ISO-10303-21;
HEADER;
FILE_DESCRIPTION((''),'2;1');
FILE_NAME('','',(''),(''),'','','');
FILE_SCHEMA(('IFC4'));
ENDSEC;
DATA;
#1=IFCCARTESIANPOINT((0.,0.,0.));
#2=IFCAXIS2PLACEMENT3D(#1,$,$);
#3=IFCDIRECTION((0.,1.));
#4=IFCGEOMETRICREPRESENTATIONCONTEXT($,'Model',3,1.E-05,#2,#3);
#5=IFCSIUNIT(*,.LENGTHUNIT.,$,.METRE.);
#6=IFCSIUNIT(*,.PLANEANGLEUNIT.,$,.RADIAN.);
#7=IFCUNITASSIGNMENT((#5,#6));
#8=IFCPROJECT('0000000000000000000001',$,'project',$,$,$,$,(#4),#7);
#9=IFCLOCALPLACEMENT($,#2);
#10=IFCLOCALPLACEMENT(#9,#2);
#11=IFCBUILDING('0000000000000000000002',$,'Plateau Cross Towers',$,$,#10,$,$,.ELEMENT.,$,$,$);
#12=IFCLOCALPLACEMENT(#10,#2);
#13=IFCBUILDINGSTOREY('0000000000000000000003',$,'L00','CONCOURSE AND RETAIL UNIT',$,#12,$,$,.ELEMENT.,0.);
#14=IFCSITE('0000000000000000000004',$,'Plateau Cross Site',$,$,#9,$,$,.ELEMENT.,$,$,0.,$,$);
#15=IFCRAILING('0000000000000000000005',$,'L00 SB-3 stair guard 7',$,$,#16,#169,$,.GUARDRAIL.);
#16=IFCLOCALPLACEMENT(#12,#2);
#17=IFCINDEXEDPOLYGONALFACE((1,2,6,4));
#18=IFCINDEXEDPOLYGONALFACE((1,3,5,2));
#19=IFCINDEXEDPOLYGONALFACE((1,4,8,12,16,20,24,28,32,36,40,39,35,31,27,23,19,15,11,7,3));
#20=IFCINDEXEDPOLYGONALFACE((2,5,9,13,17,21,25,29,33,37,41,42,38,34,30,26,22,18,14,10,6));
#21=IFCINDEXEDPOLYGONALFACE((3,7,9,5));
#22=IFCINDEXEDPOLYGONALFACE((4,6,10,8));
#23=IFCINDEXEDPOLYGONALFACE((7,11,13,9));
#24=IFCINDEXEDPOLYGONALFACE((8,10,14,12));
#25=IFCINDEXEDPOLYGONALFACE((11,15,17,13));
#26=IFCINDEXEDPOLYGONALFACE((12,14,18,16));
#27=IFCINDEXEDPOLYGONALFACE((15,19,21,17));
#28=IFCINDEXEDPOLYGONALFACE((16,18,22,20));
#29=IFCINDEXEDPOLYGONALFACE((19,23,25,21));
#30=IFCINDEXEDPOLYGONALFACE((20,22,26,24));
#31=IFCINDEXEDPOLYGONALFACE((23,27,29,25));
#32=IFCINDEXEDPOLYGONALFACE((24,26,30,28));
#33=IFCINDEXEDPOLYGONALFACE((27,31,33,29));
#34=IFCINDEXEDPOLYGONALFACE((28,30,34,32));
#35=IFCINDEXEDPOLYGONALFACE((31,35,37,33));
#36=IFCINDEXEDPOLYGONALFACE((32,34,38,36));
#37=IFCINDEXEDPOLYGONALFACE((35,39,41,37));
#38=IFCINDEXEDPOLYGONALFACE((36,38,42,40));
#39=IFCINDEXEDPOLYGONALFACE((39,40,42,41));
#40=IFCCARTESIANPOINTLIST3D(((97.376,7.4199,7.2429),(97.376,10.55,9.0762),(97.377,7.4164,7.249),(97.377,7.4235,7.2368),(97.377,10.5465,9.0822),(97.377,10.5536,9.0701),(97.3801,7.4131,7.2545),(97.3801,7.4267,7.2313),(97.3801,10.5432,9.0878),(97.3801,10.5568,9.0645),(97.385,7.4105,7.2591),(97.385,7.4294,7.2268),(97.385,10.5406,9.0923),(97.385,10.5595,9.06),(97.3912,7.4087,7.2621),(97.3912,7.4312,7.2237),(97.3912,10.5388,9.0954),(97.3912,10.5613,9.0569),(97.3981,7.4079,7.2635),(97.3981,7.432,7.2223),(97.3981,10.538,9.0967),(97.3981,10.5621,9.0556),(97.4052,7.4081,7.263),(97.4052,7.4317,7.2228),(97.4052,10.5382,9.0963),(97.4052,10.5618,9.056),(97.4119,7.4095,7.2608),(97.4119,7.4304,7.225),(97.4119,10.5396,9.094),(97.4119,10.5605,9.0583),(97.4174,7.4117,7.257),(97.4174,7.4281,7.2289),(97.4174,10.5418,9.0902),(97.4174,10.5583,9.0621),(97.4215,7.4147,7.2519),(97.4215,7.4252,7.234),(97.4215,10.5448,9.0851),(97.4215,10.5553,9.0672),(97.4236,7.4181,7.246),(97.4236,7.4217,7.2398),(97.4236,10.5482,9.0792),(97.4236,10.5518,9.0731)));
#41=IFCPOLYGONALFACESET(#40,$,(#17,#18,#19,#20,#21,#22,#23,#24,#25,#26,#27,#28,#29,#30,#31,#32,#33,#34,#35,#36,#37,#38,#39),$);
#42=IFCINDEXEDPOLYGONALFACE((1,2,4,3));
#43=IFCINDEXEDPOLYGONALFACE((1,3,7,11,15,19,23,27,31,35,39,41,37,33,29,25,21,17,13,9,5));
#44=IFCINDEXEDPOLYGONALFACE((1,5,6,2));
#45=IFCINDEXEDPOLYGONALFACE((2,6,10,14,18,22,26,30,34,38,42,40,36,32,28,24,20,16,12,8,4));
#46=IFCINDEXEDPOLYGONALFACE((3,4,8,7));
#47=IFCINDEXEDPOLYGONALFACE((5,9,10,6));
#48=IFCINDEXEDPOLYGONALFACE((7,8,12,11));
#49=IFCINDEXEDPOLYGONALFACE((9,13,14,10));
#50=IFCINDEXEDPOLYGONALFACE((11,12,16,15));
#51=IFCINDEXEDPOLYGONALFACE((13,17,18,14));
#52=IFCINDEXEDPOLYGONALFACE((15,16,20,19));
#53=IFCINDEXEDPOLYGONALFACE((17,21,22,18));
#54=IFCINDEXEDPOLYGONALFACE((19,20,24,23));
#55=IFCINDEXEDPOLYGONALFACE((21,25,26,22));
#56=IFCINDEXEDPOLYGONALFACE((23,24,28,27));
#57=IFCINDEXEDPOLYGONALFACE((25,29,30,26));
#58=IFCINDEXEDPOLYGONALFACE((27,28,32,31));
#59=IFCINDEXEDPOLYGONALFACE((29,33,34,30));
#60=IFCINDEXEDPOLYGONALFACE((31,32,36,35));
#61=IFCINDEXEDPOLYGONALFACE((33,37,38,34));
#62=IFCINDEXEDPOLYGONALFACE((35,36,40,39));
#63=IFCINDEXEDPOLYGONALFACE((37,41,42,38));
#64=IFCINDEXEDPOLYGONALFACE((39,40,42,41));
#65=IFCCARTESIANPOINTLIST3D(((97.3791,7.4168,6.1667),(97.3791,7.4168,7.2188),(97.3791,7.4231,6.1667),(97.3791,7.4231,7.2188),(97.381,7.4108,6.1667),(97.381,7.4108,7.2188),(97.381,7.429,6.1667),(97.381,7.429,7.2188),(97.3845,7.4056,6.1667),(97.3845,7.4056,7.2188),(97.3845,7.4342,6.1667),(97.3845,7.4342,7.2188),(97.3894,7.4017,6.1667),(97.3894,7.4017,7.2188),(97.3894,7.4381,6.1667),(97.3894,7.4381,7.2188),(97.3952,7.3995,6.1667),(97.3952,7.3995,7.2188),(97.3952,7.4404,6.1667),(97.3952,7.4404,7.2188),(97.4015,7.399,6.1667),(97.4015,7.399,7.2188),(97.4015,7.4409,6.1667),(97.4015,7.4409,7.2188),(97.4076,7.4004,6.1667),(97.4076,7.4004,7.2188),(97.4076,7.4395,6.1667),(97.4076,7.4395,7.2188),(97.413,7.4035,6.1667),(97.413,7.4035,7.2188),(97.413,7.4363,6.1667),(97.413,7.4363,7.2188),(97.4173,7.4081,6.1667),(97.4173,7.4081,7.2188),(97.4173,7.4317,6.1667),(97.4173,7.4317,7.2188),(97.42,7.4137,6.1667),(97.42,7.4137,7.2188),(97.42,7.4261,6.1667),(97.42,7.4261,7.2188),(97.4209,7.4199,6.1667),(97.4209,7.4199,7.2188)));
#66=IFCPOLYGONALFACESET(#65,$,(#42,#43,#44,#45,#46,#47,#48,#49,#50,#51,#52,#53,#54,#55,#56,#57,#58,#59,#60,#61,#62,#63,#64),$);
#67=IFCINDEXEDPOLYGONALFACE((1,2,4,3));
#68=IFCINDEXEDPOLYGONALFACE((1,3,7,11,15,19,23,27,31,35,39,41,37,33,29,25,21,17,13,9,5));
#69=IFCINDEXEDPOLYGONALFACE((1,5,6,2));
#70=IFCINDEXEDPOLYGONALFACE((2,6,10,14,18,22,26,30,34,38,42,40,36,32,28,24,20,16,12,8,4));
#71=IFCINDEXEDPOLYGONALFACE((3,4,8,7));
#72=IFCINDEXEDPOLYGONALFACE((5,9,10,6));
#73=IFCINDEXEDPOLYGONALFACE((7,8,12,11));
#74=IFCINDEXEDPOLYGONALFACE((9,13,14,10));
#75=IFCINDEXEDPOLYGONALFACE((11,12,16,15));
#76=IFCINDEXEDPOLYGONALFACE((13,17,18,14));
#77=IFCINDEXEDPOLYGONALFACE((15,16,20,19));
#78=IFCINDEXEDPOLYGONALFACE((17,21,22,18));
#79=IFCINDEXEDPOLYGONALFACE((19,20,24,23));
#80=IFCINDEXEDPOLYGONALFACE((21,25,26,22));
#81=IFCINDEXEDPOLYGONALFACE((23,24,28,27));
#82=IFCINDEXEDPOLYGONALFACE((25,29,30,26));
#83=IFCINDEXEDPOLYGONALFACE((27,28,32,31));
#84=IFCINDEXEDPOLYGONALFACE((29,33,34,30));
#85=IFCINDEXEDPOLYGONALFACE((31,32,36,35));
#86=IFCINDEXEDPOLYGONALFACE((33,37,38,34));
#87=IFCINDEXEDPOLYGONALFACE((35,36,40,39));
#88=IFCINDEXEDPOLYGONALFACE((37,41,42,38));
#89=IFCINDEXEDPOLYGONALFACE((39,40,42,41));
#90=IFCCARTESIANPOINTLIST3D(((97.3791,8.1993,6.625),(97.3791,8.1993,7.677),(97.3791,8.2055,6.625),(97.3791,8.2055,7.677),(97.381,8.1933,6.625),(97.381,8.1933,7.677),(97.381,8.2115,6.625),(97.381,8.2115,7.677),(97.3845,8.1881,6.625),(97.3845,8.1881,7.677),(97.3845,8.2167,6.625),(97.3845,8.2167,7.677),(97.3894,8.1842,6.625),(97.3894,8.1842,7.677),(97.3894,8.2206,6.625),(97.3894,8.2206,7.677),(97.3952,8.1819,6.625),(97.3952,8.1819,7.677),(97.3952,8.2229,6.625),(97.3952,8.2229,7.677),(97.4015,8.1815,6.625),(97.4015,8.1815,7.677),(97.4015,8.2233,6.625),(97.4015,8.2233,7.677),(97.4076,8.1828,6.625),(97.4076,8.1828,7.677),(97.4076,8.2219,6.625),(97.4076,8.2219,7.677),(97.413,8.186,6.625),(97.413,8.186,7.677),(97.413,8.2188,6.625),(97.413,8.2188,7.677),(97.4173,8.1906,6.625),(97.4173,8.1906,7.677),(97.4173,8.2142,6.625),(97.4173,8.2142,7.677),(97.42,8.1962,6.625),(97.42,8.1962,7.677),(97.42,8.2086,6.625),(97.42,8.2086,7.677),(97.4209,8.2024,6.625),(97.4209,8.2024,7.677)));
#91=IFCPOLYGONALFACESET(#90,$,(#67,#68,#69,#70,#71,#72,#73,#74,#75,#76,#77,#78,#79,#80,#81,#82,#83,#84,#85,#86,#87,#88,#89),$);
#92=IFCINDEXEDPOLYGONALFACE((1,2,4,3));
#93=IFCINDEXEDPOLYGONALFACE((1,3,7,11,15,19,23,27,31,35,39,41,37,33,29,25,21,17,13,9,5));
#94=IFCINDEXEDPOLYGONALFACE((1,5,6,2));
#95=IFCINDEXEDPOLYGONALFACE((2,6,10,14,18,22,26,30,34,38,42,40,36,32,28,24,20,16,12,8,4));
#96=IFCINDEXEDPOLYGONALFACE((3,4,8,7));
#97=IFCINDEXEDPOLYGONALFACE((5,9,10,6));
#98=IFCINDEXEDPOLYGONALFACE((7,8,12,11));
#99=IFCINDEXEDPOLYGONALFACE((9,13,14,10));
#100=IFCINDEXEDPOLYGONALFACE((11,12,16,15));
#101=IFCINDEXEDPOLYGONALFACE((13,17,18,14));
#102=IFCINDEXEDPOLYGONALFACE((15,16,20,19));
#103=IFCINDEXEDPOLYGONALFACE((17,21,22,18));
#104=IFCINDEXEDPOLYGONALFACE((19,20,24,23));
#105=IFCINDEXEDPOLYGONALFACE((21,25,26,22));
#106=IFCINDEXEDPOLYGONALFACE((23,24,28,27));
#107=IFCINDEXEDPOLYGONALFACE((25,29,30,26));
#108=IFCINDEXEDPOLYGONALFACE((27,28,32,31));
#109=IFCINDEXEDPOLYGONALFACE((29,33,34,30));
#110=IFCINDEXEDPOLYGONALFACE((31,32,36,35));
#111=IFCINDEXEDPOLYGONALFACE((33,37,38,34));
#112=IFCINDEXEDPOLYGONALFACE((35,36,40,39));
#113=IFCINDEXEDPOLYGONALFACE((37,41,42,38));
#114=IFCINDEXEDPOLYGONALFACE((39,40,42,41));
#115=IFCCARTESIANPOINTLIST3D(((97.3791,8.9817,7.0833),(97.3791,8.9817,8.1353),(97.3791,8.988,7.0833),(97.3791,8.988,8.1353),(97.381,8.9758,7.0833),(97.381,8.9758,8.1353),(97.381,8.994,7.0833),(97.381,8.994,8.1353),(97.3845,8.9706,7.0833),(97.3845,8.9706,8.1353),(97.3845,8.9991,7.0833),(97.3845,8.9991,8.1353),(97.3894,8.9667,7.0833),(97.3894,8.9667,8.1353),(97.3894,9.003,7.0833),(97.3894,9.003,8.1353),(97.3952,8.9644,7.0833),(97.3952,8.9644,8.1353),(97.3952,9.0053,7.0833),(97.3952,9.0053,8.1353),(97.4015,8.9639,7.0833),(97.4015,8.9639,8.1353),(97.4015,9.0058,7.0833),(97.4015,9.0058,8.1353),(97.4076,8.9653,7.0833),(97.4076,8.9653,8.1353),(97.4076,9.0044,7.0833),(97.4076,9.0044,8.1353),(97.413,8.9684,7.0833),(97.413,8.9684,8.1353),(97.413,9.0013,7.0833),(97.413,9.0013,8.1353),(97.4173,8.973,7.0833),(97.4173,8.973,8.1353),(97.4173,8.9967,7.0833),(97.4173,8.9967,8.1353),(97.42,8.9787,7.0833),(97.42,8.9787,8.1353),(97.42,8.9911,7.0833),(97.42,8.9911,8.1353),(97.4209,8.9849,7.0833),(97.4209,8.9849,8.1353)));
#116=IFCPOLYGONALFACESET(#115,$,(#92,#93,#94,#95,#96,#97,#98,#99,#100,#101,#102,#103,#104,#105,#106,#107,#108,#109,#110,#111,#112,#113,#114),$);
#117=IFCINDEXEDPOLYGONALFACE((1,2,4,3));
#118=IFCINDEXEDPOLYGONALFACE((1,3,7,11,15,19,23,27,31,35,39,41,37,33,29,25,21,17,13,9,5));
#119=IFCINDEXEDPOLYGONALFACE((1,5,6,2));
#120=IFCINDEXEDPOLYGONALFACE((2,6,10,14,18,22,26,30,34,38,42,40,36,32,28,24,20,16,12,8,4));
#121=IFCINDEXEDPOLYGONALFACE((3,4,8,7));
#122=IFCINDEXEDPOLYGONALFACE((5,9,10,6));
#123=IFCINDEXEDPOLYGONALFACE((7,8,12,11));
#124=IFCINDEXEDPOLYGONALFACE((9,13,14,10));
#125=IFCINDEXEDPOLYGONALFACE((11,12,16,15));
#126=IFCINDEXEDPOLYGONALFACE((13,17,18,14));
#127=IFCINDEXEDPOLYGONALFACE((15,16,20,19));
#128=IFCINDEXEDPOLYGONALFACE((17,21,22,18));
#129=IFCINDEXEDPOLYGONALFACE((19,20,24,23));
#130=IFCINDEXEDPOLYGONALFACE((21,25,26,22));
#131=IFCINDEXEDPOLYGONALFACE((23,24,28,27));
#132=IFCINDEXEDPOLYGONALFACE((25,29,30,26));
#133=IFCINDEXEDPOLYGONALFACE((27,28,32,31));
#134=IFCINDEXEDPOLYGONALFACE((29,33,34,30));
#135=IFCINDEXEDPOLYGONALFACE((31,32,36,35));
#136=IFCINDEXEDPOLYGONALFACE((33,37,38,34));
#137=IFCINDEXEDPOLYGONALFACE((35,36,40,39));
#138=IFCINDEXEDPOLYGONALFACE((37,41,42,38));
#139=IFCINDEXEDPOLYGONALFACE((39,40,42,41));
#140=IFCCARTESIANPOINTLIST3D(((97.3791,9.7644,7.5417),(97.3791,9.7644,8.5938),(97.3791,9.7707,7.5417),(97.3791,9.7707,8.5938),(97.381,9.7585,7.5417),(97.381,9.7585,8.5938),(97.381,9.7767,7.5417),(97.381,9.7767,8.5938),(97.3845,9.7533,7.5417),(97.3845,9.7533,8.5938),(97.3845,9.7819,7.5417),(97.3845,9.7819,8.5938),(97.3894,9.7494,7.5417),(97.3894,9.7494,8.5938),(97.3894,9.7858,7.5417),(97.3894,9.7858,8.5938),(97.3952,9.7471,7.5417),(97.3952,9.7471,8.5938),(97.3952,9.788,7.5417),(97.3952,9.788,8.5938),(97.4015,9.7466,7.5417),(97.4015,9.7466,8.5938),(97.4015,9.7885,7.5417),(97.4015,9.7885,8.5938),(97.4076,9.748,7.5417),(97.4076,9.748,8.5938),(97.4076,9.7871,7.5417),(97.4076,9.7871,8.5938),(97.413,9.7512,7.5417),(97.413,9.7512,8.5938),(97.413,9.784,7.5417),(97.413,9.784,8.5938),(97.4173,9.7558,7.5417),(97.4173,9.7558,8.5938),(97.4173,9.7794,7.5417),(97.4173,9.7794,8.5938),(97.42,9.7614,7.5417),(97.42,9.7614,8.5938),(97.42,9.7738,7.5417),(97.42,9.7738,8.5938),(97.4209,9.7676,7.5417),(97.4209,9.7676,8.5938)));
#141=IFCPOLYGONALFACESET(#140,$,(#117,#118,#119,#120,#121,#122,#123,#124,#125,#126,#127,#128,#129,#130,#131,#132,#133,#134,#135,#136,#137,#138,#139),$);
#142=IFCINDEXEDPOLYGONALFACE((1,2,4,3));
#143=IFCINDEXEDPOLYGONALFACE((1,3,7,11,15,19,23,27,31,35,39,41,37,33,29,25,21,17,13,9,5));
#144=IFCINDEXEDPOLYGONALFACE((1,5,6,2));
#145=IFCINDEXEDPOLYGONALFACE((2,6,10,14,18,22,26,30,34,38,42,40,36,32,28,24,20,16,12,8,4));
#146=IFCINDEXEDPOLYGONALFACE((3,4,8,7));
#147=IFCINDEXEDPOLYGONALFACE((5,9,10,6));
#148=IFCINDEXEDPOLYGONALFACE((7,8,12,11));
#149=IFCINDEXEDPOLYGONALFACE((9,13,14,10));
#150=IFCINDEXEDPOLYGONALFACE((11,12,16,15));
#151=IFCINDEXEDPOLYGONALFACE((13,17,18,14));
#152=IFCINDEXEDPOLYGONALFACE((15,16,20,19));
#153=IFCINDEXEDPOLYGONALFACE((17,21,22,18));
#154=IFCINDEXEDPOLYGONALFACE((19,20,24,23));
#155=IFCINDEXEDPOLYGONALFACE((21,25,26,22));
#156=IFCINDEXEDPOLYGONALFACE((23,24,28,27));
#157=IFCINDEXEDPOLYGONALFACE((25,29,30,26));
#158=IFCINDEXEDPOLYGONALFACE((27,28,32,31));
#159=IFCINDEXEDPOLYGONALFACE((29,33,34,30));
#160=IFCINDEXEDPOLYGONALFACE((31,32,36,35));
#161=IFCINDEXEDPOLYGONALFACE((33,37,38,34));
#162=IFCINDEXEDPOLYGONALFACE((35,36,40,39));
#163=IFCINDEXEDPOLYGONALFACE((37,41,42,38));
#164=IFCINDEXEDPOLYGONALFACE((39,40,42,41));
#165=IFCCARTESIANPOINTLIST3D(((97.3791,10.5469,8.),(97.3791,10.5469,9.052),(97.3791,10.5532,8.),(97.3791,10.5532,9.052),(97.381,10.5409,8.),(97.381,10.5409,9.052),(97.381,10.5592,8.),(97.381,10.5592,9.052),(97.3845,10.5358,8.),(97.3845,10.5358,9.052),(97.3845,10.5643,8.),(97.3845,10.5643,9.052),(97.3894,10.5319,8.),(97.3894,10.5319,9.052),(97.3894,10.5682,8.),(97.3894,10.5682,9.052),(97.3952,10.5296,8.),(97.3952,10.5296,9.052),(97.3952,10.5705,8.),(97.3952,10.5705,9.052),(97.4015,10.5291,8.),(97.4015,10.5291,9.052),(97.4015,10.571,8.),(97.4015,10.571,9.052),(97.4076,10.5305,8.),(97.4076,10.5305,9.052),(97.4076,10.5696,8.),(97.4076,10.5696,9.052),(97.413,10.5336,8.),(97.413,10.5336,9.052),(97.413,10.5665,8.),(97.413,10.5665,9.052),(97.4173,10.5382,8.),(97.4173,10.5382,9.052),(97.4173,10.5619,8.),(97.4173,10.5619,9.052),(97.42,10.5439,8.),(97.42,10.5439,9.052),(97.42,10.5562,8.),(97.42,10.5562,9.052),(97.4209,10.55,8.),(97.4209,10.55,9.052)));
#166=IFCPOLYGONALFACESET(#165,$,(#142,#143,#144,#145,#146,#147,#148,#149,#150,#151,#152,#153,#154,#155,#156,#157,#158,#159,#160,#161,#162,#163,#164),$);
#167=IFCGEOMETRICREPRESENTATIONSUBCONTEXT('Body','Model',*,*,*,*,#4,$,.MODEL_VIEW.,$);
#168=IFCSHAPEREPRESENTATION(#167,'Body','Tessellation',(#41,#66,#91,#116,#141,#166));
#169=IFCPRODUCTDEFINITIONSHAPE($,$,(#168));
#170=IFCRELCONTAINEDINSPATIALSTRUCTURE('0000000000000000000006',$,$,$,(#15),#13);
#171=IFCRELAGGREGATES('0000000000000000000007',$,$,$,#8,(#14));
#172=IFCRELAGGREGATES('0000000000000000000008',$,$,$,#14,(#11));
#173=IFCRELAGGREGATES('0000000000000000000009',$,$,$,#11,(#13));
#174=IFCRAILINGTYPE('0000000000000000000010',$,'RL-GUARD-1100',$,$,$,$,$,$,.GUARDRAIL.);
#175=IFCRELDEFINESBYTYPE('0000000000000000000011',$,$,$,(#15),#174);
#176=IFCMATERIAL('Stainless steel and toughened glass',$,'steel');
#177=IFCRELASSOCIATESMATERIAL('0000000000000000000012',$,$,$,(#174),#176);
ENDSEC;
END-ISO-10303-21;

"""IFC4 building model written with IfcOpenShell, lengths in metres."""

from ifc_helpers import new_model, si_unit, direction, frame, origin, origin_2d, place, context, subcontext, project, spatial, circle, extrude, material, type_object, element, save


model = new_model("IFC4")

# Units and contexts
model_context = context("Model", 3, precision=1e-05, world=origin(), true_north=direction((0.0, 1.0)))
body_context = subcontext(model_context, "Body", "Model", "MODEL_VIEW")
ifc_project = project(units=[si_unit("LENGTHUNIT", "METRE"), si_unit("PLANEANGLEUNIT", "RADIAN")], contexts=[model_context])

# Site, building, storey
site_placement = place(None, origin())
site = spatial("IfcSite", under=ifc_project, at=site_placement, Name="Plateau Cross Site", CompositionType="ELEMENT", RefElevation=0.0)
building_placement = place(site_placement, origin())
building = spatial("IfcBuilding", under=site, at=building_placement, Name="Plateau Cross Towers", CompositionType="ELEMENT")
storey_placement = place(building_placement, origin())
storey = spatial("IfcBuildingStorey", under=building, at=storey_placement, Name="L00", Description="CONCOURSE AND RETAIL UNIT", CompositionType="ELEMENT", Elevation=0.0)

# Railing
ifc_material_1 = material(Name="Stainless steel and toughened glass", Category="steel")
railing_type_1 = type_object("IfcRailingType", Name="RL-GUARD-1100", PredefinedType="GUARDRAIL", material=ifc_material_1)
railing_1_placement = place(storey_placement, frame((97.3999, 7.4199, 6.1667)))
element("IfcRailing", 1, at=railing_1_placement, inside=storey, type_object=railing_type_1, Name="L00 SB-3 stair guard 7", PredefinedType="GUARDRAIL", context=body_context, shape_type="SweptSolid", body=[
    extrude(circle(Radius=0.0239, at=origin_2d()), frame((0.0, 0.0, 1.0762), z_axis=(0.0, 0.862896, 0.505381), x_axis=(-1.0, 0.0, 0.0)), (0.0, 0.0, 1.0), 3.6274),
    extrude(circle(Radius=0.021, at=origin_2d()), origin(), (0.0, 0.0, 1.0), 1.052),
    extrude(circle(Radius=0.021, at=origin_2d()), frame((0.0, 0.7825, 0.4583)), (0.0, 0.0, 1.0), 1.052),
    extrude(circle(Radius=0.021, at=origin_2d()), frame((0.0, 1.5649, 0.9165)), (0.0, 0.0, 1.0), 1.052),
    extrude(circle(Radius=0.021, at=origin_2d()), frame((0.0, 2.3477, 1.375)), (0.0, 0.0, 1.0), 1.052),
    extrude(circle(Radius=0.021, at=origin_2d()), frame((0.0, 3.1301, 1.8333)), (0.0, 0.0, 1.0), 1.052),
])

save(model, "model.ifc")
